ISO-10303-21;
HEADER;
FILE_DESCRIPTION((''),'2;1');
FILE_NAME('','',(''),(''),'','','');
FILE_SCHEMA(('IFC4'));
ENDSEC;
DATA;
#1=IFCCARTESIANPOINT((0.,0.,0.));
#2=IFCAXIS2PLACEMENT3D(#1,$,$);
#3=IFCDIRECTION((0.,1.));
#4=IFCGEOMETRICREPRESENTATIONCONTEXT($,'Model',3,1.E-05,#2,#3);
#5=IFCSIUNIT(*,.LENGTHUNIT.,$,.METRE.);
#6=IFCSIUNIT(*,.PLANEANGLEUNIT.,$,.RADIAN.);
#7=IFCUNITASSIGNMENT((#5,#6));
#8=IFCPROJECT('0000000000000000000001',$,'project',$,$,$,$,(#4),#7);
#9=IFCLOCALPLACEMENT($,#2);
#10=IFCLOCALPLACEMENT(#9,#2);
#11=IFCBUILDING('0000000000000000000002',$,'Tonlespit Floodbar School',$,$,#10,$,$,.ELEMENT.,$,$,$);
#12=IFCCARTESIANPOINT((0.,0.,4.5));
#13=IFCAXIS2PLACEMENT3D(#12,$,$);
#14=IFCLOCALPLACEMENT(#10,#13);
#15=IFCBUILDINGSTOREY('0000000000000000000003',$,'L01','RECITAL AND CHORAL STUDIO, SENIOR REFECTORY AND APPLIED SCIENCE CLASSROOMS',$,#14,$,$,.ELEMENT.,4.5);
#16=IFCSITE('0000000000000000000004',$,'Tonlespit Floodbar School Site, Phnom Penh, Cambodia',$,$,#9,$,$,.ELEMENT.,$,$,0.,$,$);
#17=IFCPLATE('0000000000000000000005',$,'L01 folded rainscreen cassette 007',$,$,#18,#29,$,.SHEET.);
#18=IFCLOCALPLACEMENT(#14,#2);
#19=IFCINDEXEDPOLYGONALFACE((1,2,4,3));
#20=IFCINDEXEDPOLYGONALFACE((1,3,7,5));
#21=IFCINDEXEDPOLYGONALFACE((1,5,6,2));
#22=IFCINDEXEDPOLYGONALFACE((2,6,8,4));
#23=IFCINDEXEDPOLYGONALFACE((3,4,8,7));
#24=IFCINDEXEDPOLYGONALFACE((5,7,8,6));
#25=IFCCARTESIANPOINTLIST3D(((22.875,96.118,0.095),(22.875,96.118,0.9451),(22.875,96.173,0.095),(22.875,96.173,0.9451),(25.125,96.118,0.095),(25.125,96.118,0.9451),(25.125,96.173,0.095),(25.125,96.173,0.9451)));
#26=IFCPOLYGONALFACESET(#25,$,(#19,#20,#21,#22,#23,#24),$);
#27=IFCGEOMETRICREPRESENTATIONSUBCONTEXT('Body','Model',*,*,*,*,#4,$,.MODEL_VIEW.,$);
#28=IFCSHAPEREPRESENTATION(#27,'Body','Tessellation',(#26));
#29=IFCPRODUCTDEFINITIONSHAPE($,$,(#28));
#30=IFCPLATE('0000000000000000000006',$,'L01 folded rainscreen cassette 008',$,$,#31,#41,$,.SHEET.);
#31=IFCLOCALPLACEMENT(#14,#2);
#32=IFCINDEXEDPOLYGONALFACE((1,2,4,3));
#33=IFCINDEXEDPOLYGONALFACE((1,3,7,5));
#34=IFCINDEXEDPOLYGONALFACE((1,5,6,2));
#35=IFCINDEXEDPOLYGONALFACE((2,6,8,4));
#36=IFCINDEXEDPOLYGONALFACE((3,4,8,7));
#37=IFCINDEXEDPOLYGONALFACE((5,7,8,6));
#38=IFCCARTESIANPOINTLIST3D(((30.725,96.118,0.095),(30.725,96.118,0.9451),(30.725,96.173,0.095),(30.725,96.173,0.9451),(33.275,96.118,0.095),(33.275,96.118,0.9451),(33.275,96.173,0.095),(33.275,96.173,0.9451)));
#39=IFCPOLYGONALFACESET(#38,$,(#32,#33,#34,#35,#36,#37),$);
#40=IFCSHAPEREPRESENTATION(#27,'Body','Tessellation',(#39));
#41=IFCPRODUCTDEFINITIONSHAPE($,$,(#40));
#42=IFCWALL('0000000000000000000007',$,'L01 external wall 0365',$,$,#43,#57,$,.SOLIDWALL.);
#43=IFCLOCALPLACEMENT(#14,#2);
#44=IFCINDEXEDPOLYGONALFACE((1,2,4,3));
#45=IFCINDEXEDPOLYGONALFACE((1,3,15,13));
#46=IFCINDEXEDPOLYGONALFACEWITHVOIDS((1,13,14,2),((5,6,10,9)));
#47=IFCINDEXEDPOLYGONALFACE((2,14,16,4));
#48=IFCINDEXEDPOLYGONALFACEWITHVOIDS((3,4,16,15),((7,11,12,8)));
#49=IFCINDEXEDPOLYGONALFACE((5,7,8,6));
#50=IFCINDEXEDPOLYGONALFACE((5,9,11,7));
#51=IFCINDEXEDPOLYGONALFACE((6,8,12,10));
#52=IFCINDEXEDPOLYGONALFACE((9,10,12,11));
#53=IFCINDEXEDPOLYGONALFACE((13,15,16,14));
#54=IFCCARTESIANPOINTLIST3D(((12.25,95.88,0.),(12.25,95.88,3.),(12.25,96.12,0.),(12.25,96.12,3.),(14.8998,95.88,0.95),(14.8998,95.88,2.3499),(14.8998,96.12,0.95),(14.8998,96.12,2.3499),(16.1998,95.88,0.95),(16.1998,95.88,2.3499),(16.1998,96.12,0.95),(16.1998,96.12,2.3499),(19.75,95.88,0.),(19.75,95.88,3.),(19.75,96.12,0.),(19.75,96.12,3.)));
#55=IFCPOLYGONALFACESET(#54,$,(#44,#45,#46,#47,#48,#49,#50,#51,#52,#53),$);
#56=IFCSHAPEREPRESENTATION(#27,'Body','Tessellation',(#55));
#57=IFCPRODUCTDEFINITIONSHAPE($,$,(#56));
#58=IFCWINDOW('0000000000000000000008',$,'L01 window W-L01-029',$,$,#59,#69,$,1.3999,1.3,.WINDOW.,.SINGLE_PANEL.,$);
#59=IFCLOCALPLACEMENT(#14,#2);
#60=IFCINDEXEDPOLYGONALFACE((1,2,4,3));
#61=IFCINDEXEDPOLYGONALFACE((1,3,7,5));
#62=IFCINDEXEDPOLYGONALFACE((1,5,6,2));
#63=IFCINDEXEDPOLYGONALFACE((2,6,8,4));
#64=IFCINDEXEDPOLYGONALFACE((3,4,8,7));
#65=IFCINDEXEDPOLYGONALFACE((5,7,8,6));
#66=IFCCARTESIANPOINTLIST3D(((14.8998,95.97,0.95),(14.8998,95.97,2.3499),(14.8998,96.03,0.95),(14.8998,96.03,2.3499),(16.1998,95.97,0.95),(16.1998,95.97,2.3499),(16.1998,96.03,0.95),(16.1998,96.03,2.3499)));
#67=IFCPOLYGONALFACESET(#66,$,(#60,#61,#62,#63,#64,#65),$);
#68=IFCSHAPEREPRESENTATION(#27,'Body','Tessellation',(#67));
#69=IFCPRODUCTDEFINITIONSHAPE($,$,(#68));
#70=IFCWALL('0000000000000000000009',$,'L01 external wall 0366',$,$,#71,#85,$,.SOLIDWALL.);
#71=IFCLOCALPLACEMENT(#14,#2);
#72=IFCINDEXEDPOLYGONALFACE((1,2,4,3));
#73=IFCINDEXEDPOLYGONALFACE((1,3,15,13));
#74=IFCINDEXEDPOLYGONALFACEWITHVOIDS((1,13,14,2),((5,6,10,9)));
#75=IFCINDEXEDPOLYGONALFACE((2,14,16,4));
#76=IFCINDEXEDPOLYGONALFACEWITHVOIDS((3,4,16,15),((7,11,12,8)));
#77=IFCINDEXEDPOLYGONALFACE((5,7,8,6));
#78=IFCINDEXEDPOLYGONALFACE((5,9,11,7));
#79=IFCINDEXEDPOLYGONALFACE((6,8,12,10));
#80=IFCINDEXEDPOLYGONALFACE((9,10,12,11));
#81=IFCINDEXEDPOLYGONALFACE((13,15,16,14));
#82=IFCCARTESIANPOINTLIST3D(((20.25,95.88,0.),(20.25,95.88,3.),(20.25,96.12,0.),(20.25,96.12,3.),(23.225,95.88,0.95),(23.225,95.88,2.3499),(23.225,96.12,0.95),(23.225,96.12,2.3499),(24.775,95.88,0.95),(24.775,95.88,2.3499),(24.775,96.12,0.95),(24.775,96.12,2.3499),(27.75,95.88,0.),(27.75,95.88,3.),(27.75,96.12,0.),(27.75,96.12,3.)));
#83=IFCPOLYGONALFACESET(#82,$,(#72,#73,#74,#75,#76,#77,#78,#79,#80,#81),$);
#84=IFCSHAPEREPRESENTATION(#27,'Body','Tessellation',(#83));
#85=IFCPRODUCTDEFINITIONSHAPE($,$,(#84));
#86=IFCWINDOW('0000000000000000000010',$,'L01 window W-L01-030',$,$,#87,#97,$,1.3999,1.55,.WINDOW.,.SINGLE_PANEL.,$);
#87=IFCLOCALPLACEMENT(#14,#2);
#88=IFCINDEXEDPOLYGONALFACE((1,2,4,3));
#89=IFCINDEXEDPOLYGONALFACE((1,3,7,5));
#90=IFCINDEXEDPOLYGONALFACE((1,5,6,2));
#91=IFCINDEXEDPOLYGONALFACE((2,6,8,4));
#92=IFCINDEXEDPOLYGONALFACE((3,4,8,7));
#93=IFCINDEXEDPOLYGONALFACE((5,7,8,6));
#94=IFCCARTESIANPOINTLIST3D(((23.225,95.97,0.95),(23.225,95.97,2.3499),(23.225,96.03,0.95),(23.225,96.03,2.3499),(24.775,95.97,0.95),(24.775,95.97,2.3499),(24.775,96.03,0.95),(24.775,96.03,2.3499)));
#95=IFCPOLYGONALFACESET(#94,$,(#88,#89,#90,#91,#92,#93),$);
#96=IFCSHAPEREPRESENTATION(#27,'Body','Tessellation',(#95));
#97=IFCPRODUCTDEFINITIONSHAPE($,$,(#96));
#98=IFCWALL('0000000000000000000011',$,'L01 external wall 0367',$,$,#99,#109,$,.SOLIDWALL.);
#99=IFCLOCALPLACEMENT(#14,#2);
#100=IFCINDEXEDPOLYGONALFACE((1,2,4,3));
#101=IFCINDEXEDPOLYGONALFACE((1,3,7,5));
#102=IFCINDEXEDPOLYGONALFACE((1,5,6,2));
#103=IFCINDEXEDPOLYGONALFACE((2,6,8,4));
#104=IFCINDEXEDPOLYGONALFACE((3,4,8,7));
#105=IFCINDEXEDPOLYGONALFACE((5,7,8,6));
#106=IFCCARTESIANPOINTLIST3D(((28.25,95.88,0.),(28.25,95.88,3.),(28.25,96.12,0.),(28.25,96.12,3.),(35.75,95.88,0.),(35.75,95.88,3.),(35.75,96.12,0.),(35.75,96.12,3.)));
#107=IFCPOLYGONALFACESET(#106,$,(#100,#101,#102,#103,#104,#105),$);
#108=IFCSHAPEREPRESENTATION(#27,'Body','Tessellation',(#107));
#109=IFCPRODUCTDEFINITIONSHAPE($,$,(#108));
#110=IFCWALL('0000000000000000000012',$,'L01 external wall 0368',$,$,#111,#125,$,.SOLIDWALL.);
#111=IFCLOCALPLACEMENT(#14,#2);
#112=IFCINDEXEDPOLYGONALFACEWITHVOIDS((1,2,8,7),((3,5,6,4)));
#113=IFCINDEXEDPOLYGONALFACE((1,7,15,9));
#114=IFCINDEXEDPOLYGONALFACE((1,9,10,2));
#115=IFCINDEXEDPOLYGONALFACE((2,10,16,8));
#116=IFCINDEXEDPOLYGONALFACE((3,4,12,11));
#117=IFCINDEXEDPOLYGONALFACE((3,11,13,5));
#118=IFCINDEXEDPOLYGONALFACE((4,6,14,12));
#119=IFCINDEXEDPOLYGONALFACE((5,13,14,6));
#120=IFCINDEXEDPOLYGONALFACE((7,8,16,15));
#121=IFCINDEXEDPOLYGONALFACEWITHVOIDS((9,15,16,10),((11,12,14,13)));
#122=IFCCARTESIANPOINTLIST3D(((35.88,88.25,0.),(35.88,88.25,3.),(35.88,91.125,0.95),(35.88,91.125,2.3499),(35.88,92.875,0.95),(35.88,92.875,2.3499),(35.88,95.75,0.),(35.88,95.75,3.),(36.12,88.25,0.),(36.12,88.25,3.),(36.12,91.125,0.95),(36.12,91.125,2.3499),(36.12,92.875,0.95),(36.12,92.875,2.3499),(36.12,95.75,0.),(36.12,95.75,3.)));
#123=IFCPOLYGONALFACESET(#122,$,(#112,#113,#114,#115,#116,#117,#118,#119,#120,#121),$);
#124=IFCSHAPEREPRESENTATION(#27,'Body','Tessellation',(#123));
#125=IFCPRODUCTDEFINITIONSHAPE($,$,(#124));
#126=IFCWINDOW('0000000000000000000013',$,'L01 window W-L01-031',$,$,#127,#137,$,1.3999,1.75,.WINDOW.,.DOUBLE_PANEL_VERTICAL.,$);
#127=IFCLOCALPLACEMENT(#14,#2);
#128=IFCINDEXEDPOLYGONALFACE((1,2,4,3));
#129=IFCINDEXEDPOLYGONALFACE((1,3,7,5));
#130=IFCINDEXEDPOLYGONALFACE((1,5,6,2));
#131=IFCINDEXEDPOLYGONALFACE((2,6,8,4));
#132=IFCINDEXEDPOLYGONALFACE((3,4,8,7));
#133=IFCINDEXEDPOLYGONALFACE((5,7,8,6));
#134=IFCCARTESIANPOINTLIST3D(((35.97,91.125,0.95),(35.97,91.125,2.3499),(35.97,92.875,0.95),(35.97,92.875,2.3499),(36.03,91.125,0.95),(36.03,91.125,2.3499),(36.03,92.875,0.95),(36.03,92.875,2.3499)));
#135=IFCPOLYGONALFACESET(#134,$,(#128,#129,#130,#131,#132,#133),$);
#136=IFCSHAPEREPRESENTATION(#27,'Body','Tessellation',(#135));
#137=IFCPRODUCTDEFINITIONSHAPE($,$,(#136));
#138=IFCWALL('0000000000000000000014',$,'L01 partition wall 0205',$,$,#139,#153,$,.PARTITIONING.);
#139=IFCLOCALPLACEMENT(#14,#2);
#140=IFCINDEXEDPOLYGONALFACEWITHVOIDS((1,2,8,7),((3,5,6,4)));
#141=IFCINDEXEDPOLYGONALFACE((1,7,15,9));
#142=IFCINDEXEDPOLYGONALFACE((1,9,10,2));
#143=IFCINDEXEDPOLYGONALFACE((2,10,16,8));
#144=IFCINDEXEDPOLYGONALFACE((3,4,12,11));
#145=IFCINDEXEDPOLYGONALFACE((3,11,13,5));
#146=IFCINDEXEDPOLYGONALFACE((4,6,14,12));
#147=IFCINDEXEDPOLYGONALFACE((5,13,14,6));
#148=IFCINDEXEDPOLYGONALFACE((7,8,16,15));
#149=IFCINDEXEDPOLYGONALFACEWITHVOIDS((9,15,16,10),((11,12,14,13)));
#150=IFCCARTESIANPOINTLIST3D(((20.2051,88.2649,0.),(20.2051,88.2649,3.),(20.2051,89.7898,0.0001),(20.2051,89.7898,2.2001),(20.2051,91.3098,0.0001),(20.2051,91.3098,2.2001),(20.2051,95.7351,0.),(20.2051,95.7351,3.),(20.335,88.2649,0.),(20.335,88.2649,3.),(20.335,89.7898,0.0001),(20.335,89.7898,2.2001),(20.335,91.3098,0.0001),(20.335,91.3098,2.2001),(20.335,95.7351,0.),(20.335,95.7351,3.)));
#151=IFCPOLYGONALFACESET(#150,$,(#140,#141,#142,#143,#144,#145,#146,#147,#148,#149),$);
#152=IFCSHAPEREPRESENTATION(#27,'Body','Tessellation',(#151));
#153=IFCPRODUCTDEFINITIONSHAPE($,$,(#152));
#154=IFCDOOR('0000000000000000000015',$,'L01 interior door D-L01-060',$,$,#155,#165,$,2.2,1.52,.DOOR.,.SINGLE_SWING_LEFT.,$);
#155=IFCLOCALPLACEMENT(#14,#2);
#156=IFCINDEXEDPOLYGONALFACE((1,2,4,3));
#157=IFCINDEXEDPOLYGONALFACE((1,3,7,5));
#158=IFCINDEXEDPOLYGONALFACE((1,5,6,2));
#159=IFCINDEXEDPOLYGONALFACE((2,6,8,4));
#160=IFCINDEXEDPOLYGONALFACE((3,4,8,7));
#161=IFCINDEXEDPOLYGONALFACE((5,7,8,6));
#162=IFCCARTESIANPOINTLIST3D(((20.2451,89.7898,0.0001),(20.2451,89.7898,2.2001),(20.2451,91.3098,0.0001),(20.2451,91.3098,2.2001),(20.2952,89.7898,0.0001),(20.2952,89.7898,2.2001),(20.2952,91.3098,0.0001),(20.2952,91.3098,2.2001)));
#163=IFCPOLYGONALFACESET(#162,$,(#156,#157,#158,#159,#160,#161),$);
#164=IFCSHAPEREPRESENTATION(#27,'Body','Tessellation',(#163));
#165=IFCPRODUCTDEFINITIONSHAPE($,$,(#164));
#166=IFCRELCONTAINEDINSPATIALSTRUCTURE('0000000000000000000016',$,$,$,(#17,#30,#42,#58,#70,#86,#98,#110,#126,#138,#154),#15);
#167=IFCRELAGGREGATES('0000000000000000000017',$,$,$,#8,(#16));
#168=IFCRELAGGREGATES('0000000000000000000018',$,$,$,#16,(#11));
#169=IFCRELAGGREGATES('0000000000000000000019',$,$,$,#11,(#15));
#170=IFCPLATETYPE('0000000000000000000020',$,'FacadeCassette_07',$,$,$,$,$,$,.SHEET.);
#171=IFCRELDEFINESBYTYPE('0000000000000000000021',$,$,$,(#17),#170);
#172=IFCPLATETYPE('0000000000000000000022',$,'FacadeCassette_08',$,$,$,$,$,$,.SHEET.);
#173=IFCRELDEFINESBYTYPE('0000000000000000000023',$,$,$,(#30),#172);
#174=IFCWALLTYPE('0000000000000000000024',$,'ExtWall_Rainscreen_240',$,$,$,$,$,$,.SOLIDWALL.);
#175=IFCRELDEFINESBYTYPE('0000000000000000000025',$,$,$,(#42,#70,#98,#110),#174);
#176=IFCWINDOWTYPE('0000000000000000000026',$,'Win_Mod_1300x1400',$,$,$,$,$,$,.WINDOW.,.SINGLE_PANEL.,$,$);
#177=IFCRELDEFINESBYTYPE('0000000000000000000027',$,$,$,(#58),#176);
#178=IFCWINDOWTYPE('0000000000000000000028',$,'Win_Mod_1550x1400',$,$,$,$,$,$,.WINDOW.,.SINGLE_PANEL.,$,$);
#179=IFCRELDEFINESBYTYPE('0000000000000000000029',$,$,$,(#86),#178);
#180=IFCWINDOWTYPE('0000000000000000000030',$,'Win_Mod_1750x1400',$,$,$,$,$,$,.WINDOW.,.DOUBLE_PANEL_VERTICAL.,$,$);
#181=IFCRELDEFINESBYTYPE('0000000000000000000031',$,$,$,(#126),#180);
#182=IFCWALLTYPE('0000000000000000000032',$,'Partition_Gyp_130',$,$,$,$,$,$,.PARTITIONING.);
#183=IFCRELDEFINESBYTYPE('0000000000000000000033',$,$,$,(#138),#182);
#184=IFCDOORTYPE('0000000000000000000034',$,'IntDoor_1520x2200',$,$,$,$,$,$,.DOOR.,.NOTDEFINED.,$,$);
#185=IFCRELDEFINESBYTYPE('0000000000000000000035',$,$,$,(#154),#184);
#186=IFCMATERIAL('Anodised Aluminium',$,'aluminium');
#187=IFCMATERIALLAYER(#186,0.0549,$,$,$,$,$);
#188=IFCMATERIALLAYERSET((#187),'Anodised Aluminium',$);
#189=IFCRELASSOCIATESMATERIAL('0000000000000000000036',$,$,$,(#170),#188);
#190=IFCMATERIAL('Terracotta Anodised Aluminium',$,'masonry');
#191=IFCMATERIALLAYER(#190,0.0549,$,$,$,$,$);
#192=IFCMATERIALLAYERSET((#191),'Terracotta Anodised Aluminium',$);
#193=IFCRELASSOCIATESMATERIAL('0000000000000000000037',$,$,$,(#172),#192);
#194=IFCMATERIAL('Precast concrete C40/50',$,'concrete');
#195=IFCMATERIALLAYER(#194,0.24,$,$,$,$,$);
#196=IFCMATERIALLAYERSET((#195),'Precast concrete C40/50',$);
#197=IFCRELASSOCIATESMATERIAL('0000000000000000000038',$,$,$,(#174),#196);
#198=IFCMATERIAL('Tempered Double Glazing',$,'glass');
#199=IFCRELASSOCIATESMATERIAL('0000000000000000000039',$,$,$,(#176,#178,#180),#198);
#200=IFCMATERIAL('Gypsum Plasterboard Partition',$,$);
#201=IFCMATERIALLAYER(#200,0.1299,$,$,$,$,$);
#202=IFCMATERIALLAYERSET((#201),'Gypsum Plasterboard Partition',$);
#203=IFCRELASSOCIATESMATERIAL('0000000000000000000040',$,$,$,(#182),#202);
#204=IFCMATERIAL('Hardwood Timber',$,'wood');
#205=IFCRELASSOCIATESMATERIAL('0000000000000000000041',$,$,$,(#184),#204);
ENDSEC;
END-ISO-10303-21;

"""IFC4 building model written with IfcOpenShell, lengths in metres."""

from ifc_helpers import new_model, si_unit, direction, frame, frame_2d, origin, origin_2d, place, context, subcontext, project, spatial, rectangle, extrude, material, layer, layer_set, type_object, element, fill, save


model = new_model("IFC4")

# Units and contexts
model_context = context("Model", 3, precision=1e-05, world=origin(), true_north=direction((0.0, 1.0)))
body_context = subcontext(model_context, "Body", "Model", "MODEL_VIEW")
ifc_project = project(units=[si_unit("LENGTHUNIT", "METRE"), si_unit("PLANEANGLEUNIT", "RADIAN")], contexts=[model_context])

# Site, building, storey
site_placement = place(None, origin())
site = spatial("IfcSite", under=ifc_project, at=site_placement, Name="Tonlespit Floodbar School Site, Phnom Penh, Cambodia", CompositionType="ELEMENT", RefElevation=0.0)
building_placement = place(site_placement, origin())
building = spatial("IfcBuilding", under=site, at=building_placement, Name="Tonlespit Floodbar School", CompositionType="ELEMENT")
storey_placement = place(building_placement, frame((0.0, 0.0, 4.5)))
storey = spatial("IfcBuildingStorey", under=building, at=storey_placement, Name="L01", Description="RECITAL AND CHORAL STUDIO, SENIOR REFECTORY AND APPLIED SCIENCE CLASSROOMS", CompositionType="ELEMENT", Elevation=4.5)

# Plates
ifc_material_1 = material(Name="Terracotta Anodised Aluminium", Category="masonry")
ifc_material_2 = material(Name="Anodised Aluminium", Category="aluminium")
ifc_layer_1 = layer(ifc_material_2, 0.0549)
ifc_layer_set_1 = layer_set([ifc_layer_1], Name="Anodised Aluminium")
plate_type_1 = type_object("IfcPlateType", Name="FacadeCassette_07", PredefinedType="SHEET", material=ifc_layer_set_1)
plate_1_placement = place(storey_placement, frame((24.0, 96.1455, 0.095), z_axis=(0.0, 0.0, 1.0), x_axis=(1.0, 0.0, 0.0)))
element("IfcPlate", 1, at=plate_1_placement, inside=storey, type_object=plate_type_1, Name="L01 folded rainscreen cassette 007", PredefinedType="SHEET", context=body_context, shape_type="SweptSolid", body=[
    extrude(rectangle(XDim=2.25, YDim=0.0549, at=origin_2d()), origin(), (0.0, 0.0, 1.0), 0.8501),
])
ifc_layer_2 = layer(ifc_material_1, 0.0549)
ifc_layer_set_2 = layer_set([ifc_layer_2], Name="Terracotta Anodised Aluminium")
plate_type_2 = type_object("IfcPlateType", Name="FacadeCassette_08", PredefinedType="SHEET", material=ifc_layer_set_2)
plate_2_placement = place(storey_placement, frame((32.0, 96.1455, 0.095), z_axis=(0.0, 0.0, 1.0), x_axis=(1.0, 0.0, 0.0)))
element("IfcPlate", 2, at=plate_2_placement, inside=storey, type_object=plate_type_2, Name="L01 folded rainscreen cassette 008", PredefinedType="SHEET", context=body_context, shape_type="SweptSolid", body=[
    extrude(rectangle(XDim=2.55, YDim=0.0549, at=origin_2d()), origin(), (0.0, 0.0, 1.0), 0.8501),
])

# Walls, openings, windows
ifc_material_3 = material(Name="Precast concrete C40/50", Category="concrete")
ifc_layer_3 = layer(ifc_material_3, 0.24)
ifc_layer_set_3 = layer_set([ifc_layer_3], Name="Precast concrete C40/50")
wall_type_1 = type_object("IfcWallType", Name="ExtWall_Rainscreen_240", PredefinedType="SOLIDWALL", material=ifc_layer_set_3)
wall_1_placement = place(storey_placement, frame((12.25, 96.0, 0.0), z_axis=(0.0, 0.0, 1.0), x_axis=(1.0, 0.0, 0.0)))
wall_1 = element("IfcWall", 3, at=wall_1_placement, inside=storey, type_object=wall_type_1, Name="L01 external wall 0365", PredefinedType="SOLIDWALL", context=body_context, shape_type="SweptSolid", body=[
    extrude(rectangle(XDim=7.5, YDim=0.24, at=frame_2d((3.75, 0.0))), origin(), (0.0, 0.0, 1.0), 3.0),
])
opening_1_placement = place(wall_1_placement, frame((2.6499, 0.0, 0.95)))
opening_1 = element("IfcOpeningElement", 4, at=opening_1_placement, cuts=wall_1, PredefinedType="OPENING", context=body_context, shape_type="SweptSolid", body=[
    extrude(rectangle(XDim=1.3, YDim=1.3999, at=frame_2d((0.6499, 0.7))), frame((0.0, 0.1299, 0.0), z_axis=(0.0, -1.0, 0.0), x_axis=(1.0, 0.0, 0.0)), (0.0, 0.0, 1.0), 0.26),
])
ifc_material_4 = material(Name="Tempered Double Glazing", Category="glass")
window_type_1 = type_object("IfcWindowType", Name="Win_Mod_1300x1400", PartitioningType="SINGLE_PANEL", PredefinedType="WINDOW", material=ifc_material_4)
window_1_placement = place(opening_1_placement, origin())
window_1 = element("IfcWindow", 5, at=window_1_placement, inside=storey, type_object=window_type_1, Name="L01 window W-L01-029", OverallHeight=1.3999, OverallWidth=1.3, PartitioningType="SINGLE_PANEL", PredefinedType="WINDOW", context=body_context, shape_type="SweptSolid", body=[
    extrude(rectangle(XDim=1.3, YDim=1.3999, at=frame_2d((0.6499, 0.7))), frame((0.0, 0.03, 0.0), z_axis=(0.0, -1.0, 0.0), x_axis=(1.0, 0.0, 0.0)), (0.0, 0.0, 1.0), 0.0601),
])
fill(opening_1, window_1)
wall_2_placement = place(storey_placement, frame((20.25, 96.0, 0.0), z_axis=(0.0, 0.0, 1.0), x_axis=(1.0, 0.0, 0.0)))
wall_2 = element("IfcWall", 6, at=wall_2_placement, inside=storey, type_object=wall_type_1, Name="L01 external wall 0366", PredefinedType="SOLIDWALL", context=body_context, shape_type="SweptSolid", body=[
    extrude(rectangle(XDim=7.5, YDim=0.24, at=frame_2d((3.75, 0.0))), origin(), (0.0, 0.0, 1.0), 3.0),
])
opening_2_placement = place(wall_2_placement, frame((2.9751, 0.0, 0.95)))
opening_2 = element("IfcOpeningElement", 7, at=opening_2_placement, cuts=wall_2, PredefinedType="OPENING", context=body_context, shape_type="SweptSolid", body=[
    extrude(rectangle(XDim=1.55, YDim=1.3999, at=frame_2d((0.7749, 0.7))), frame((0.0, 0.1299, 0.0), z_axis=(0.0, -1.0, 0.0), x_axis=(1.0, 0.0, 0.0)), (0.0, 0.0, 1.0), 0.26),
])
window_type_2 = type_object("IfcWindowType", Name="Win_Mod_1550x1400", PartitioningType="SINGLE_PANEL", PredefinedType="WINDOW", material=ifc_material_4)
window_2_placement = place(opening_2_placement, origin())
window_2 = element("IfcWindow", 8, at=window_2_placement, inside=storey, type_object=window_type_2, Name="L01 window W-L01-030", OverallHeight=1.3999, OverallWidth=1.55, PartitioningType="SINGLE_PANEL", PredefinedType="WINDOW", context=body_context, shape_type="SweptSolid", body=[
    extrude(rectangle(XDim=1.55, YDim=1.3999, at=frame_2d((0.7749, 0.7))), frame((0.0, 0.03, 0.0), z_axis=(0.0, -1.0, 0.0), x_axis=(1.0, 0.0, 0.0)), (0.0, 0.0, 1.0), 0.0601),
])
fill(opening_2, window_2)

# Wall
wall_3_placement = place(storey_placement, frame((28.25, 96.0, 0.0), z_axis=(0.0, 0.0, 1.0), x_axis=(1.0, 0.0, 0.0)))
element("IfcWall", 9, at=wall_3_placement, inside=storey, type_object=wall_type_1, Name="L01 external wall 0367", PredefinedType="SOLIDWALL", context=body_context, shape_type="SweptSolid", body=[
    extrude(rectangle(XDim=7.5, YDim=0.24, at=frame_2d((3.75, 0.0))), origin(), (0.0, 0.0, 1.0), 3.0),
])

# Wall, opening, window
wall_4_placement = place(storey_placement, frame((36.0, 95.75, 0.0), z_axis=(0.0, 0.0, 1.0), x_axis=(0.0, -1.0, 0.0)))
wall_4 = element("IfcWall", 10, at=wall_4_placement, inside=storey, type_object=wall_type_1, Name="L01 external wall 0368", PredefinedType="SOLIDWALL", context=body_context, shape_type="SweptSolid", body=[
    extrude(rectangle(XDim=7.5, YDim=0.24, at=frame_2d((3.75, 0.0))), origin(), (0.0, 0.0, 1.0), 3.0),
])
opening_3_placement = place(wall_4_placement, frame((2.875, 0.0, 0.95)))
opening_3 = element("IfcOpeningElement", 11, at=opening_3_placement, cuts=wall_4, PredefinedType="OPENING", context=body_context, shape_type="SweptSolid", body=[
    extrude(rectangle(XDim=1.75, YDim=1.3999, at=frame_2d((0.875, 0.7))), frame((0.0, 0.1299, 0.0), z_axis=(0.0, -1.0, 0.0), x_axis=(1.0, 0.0, 0.0)), (0.0, 0.0, 1.0), 0.26),
])
window_type_3 = type_object("IfcWindowType", Name="Win_Mod_1750x1400", PartitioningType="DOUBLE_PANEL_VERTICAL", PredefinedType="WINDOW", material=ifc_material_4)
window_3_placement = place(opening_3_placement, origin())
window_3 = element("IfcWindow", 12, at=window_3_placement, inside=storey, type_object=window_type_3, Name="L01 window W-L01-031", OverallHeight=1.3999, OverallWidth=1.75, PartitioningType="DOUBLE_PANEL_VERTICAL", PredefinedType="WINDOW", context=body_context, shape_type="SweptSolid", body=[
    extrude(rectangle(XDim=1.75, YDim=1.3999, at=frame_2d((0.875, 0.7))), frame((0.0, 0.03, 0.0), z_axis=(0.0, -1.0, 0.0), x_axis=(1.0, 0.0, 0.0)), (0.0, 0.0, 1.0), 0.0601),
])
fill(opening_3, window_3)

# Wall, opening, door
ifc_material_5 = material(Name="Gypsum Plasterboard Partition")
ifc_layer_4 = layer(ifc_material_5, 0.1299)
ifc_layer_set_4 = layer_set([ifc_layer_4], Name="Gypsum Plasterboard Partition")
wall_type_2 = type_object("IfcWallType", Name="Partition_Gyp_130", PredefinedType="PARTITIONING", material=ifc_layer_set_4)
wall_5_placement = place(storey_placement, frame((20.27, 88.2649, 0.0), z_axis=(0.0, 0.0, 1.0), x_axis=(0.0, 1.0, 0.0)))
wall_5 = element("IfcWall", 13, at=wall_5_placement, inside=storey, type_object=wall_type_2, Name="L01 partition wall 0205", PredefinedType="PARTITIONING", context=body_context, shape_type="SweptSolid", body=[
    extrude(rectangle(XDim=7.4702, YDim=0.1299, at=frame_2d((3.7351, 0.0))), origin(), (0.0, 0.0, 1.0), 3.0),
])
opening_4_placement = place(wall_5_placement, frame((1.5249, 0.0, 0.0)))
opening_4 = element("IfcOpeningElement", 14, at=opening_4_placement, cuts=wall_5, PredefinedType="OPENING", context=body_context, shape_type="SweptSolid", body=[
    extrude(rectangle(XDim=1.52, YDim=2.2, at=frame_2d((0.76, 1.1001))), frame((0.0, 0.075, 0.0), z_axis=(0.0, -1.0, 0.0), x_axis=(1.0, 0.0, 0.0)), (0.0, 0.0, 1.0), 0.1499),
])
ifc_material_6 = material(Name="Hardwood Timber", Category="wood")
door_type = type_object("IfcDoorType", Name="IntDoor_1520x2200", OperationType="NOTDEFINED", PredefinedType="DOOR", material=ifc_material_6)
door_placement = place(opening_4_placement, origin())
door = element("IfcDoor", 15, at=door_placement, inside=storey, type_object=door_type, Name="L01 interior door D-L01-060", OperationType="SINGLE_SWING_LEFT", OverallHeight=2.2, OverallWidth=1.52, PredefinedType="DOOR", context=body_context, shape_type="SweptSolid", body=[
    extrude(rectangle(XDim=1.52, YDim=2.2, at=frame_2d((0.76, 1.1001))), frame((0.0, 0.0249, 0.0), z_axis=(0.0, -1.0, 0.0), x_axis=(1.0, 0.0, 0.0)), (0.0, 0.0, 1.0), 0.05),
])
fill(opening_4, door)

save(model, "model.ifc")
